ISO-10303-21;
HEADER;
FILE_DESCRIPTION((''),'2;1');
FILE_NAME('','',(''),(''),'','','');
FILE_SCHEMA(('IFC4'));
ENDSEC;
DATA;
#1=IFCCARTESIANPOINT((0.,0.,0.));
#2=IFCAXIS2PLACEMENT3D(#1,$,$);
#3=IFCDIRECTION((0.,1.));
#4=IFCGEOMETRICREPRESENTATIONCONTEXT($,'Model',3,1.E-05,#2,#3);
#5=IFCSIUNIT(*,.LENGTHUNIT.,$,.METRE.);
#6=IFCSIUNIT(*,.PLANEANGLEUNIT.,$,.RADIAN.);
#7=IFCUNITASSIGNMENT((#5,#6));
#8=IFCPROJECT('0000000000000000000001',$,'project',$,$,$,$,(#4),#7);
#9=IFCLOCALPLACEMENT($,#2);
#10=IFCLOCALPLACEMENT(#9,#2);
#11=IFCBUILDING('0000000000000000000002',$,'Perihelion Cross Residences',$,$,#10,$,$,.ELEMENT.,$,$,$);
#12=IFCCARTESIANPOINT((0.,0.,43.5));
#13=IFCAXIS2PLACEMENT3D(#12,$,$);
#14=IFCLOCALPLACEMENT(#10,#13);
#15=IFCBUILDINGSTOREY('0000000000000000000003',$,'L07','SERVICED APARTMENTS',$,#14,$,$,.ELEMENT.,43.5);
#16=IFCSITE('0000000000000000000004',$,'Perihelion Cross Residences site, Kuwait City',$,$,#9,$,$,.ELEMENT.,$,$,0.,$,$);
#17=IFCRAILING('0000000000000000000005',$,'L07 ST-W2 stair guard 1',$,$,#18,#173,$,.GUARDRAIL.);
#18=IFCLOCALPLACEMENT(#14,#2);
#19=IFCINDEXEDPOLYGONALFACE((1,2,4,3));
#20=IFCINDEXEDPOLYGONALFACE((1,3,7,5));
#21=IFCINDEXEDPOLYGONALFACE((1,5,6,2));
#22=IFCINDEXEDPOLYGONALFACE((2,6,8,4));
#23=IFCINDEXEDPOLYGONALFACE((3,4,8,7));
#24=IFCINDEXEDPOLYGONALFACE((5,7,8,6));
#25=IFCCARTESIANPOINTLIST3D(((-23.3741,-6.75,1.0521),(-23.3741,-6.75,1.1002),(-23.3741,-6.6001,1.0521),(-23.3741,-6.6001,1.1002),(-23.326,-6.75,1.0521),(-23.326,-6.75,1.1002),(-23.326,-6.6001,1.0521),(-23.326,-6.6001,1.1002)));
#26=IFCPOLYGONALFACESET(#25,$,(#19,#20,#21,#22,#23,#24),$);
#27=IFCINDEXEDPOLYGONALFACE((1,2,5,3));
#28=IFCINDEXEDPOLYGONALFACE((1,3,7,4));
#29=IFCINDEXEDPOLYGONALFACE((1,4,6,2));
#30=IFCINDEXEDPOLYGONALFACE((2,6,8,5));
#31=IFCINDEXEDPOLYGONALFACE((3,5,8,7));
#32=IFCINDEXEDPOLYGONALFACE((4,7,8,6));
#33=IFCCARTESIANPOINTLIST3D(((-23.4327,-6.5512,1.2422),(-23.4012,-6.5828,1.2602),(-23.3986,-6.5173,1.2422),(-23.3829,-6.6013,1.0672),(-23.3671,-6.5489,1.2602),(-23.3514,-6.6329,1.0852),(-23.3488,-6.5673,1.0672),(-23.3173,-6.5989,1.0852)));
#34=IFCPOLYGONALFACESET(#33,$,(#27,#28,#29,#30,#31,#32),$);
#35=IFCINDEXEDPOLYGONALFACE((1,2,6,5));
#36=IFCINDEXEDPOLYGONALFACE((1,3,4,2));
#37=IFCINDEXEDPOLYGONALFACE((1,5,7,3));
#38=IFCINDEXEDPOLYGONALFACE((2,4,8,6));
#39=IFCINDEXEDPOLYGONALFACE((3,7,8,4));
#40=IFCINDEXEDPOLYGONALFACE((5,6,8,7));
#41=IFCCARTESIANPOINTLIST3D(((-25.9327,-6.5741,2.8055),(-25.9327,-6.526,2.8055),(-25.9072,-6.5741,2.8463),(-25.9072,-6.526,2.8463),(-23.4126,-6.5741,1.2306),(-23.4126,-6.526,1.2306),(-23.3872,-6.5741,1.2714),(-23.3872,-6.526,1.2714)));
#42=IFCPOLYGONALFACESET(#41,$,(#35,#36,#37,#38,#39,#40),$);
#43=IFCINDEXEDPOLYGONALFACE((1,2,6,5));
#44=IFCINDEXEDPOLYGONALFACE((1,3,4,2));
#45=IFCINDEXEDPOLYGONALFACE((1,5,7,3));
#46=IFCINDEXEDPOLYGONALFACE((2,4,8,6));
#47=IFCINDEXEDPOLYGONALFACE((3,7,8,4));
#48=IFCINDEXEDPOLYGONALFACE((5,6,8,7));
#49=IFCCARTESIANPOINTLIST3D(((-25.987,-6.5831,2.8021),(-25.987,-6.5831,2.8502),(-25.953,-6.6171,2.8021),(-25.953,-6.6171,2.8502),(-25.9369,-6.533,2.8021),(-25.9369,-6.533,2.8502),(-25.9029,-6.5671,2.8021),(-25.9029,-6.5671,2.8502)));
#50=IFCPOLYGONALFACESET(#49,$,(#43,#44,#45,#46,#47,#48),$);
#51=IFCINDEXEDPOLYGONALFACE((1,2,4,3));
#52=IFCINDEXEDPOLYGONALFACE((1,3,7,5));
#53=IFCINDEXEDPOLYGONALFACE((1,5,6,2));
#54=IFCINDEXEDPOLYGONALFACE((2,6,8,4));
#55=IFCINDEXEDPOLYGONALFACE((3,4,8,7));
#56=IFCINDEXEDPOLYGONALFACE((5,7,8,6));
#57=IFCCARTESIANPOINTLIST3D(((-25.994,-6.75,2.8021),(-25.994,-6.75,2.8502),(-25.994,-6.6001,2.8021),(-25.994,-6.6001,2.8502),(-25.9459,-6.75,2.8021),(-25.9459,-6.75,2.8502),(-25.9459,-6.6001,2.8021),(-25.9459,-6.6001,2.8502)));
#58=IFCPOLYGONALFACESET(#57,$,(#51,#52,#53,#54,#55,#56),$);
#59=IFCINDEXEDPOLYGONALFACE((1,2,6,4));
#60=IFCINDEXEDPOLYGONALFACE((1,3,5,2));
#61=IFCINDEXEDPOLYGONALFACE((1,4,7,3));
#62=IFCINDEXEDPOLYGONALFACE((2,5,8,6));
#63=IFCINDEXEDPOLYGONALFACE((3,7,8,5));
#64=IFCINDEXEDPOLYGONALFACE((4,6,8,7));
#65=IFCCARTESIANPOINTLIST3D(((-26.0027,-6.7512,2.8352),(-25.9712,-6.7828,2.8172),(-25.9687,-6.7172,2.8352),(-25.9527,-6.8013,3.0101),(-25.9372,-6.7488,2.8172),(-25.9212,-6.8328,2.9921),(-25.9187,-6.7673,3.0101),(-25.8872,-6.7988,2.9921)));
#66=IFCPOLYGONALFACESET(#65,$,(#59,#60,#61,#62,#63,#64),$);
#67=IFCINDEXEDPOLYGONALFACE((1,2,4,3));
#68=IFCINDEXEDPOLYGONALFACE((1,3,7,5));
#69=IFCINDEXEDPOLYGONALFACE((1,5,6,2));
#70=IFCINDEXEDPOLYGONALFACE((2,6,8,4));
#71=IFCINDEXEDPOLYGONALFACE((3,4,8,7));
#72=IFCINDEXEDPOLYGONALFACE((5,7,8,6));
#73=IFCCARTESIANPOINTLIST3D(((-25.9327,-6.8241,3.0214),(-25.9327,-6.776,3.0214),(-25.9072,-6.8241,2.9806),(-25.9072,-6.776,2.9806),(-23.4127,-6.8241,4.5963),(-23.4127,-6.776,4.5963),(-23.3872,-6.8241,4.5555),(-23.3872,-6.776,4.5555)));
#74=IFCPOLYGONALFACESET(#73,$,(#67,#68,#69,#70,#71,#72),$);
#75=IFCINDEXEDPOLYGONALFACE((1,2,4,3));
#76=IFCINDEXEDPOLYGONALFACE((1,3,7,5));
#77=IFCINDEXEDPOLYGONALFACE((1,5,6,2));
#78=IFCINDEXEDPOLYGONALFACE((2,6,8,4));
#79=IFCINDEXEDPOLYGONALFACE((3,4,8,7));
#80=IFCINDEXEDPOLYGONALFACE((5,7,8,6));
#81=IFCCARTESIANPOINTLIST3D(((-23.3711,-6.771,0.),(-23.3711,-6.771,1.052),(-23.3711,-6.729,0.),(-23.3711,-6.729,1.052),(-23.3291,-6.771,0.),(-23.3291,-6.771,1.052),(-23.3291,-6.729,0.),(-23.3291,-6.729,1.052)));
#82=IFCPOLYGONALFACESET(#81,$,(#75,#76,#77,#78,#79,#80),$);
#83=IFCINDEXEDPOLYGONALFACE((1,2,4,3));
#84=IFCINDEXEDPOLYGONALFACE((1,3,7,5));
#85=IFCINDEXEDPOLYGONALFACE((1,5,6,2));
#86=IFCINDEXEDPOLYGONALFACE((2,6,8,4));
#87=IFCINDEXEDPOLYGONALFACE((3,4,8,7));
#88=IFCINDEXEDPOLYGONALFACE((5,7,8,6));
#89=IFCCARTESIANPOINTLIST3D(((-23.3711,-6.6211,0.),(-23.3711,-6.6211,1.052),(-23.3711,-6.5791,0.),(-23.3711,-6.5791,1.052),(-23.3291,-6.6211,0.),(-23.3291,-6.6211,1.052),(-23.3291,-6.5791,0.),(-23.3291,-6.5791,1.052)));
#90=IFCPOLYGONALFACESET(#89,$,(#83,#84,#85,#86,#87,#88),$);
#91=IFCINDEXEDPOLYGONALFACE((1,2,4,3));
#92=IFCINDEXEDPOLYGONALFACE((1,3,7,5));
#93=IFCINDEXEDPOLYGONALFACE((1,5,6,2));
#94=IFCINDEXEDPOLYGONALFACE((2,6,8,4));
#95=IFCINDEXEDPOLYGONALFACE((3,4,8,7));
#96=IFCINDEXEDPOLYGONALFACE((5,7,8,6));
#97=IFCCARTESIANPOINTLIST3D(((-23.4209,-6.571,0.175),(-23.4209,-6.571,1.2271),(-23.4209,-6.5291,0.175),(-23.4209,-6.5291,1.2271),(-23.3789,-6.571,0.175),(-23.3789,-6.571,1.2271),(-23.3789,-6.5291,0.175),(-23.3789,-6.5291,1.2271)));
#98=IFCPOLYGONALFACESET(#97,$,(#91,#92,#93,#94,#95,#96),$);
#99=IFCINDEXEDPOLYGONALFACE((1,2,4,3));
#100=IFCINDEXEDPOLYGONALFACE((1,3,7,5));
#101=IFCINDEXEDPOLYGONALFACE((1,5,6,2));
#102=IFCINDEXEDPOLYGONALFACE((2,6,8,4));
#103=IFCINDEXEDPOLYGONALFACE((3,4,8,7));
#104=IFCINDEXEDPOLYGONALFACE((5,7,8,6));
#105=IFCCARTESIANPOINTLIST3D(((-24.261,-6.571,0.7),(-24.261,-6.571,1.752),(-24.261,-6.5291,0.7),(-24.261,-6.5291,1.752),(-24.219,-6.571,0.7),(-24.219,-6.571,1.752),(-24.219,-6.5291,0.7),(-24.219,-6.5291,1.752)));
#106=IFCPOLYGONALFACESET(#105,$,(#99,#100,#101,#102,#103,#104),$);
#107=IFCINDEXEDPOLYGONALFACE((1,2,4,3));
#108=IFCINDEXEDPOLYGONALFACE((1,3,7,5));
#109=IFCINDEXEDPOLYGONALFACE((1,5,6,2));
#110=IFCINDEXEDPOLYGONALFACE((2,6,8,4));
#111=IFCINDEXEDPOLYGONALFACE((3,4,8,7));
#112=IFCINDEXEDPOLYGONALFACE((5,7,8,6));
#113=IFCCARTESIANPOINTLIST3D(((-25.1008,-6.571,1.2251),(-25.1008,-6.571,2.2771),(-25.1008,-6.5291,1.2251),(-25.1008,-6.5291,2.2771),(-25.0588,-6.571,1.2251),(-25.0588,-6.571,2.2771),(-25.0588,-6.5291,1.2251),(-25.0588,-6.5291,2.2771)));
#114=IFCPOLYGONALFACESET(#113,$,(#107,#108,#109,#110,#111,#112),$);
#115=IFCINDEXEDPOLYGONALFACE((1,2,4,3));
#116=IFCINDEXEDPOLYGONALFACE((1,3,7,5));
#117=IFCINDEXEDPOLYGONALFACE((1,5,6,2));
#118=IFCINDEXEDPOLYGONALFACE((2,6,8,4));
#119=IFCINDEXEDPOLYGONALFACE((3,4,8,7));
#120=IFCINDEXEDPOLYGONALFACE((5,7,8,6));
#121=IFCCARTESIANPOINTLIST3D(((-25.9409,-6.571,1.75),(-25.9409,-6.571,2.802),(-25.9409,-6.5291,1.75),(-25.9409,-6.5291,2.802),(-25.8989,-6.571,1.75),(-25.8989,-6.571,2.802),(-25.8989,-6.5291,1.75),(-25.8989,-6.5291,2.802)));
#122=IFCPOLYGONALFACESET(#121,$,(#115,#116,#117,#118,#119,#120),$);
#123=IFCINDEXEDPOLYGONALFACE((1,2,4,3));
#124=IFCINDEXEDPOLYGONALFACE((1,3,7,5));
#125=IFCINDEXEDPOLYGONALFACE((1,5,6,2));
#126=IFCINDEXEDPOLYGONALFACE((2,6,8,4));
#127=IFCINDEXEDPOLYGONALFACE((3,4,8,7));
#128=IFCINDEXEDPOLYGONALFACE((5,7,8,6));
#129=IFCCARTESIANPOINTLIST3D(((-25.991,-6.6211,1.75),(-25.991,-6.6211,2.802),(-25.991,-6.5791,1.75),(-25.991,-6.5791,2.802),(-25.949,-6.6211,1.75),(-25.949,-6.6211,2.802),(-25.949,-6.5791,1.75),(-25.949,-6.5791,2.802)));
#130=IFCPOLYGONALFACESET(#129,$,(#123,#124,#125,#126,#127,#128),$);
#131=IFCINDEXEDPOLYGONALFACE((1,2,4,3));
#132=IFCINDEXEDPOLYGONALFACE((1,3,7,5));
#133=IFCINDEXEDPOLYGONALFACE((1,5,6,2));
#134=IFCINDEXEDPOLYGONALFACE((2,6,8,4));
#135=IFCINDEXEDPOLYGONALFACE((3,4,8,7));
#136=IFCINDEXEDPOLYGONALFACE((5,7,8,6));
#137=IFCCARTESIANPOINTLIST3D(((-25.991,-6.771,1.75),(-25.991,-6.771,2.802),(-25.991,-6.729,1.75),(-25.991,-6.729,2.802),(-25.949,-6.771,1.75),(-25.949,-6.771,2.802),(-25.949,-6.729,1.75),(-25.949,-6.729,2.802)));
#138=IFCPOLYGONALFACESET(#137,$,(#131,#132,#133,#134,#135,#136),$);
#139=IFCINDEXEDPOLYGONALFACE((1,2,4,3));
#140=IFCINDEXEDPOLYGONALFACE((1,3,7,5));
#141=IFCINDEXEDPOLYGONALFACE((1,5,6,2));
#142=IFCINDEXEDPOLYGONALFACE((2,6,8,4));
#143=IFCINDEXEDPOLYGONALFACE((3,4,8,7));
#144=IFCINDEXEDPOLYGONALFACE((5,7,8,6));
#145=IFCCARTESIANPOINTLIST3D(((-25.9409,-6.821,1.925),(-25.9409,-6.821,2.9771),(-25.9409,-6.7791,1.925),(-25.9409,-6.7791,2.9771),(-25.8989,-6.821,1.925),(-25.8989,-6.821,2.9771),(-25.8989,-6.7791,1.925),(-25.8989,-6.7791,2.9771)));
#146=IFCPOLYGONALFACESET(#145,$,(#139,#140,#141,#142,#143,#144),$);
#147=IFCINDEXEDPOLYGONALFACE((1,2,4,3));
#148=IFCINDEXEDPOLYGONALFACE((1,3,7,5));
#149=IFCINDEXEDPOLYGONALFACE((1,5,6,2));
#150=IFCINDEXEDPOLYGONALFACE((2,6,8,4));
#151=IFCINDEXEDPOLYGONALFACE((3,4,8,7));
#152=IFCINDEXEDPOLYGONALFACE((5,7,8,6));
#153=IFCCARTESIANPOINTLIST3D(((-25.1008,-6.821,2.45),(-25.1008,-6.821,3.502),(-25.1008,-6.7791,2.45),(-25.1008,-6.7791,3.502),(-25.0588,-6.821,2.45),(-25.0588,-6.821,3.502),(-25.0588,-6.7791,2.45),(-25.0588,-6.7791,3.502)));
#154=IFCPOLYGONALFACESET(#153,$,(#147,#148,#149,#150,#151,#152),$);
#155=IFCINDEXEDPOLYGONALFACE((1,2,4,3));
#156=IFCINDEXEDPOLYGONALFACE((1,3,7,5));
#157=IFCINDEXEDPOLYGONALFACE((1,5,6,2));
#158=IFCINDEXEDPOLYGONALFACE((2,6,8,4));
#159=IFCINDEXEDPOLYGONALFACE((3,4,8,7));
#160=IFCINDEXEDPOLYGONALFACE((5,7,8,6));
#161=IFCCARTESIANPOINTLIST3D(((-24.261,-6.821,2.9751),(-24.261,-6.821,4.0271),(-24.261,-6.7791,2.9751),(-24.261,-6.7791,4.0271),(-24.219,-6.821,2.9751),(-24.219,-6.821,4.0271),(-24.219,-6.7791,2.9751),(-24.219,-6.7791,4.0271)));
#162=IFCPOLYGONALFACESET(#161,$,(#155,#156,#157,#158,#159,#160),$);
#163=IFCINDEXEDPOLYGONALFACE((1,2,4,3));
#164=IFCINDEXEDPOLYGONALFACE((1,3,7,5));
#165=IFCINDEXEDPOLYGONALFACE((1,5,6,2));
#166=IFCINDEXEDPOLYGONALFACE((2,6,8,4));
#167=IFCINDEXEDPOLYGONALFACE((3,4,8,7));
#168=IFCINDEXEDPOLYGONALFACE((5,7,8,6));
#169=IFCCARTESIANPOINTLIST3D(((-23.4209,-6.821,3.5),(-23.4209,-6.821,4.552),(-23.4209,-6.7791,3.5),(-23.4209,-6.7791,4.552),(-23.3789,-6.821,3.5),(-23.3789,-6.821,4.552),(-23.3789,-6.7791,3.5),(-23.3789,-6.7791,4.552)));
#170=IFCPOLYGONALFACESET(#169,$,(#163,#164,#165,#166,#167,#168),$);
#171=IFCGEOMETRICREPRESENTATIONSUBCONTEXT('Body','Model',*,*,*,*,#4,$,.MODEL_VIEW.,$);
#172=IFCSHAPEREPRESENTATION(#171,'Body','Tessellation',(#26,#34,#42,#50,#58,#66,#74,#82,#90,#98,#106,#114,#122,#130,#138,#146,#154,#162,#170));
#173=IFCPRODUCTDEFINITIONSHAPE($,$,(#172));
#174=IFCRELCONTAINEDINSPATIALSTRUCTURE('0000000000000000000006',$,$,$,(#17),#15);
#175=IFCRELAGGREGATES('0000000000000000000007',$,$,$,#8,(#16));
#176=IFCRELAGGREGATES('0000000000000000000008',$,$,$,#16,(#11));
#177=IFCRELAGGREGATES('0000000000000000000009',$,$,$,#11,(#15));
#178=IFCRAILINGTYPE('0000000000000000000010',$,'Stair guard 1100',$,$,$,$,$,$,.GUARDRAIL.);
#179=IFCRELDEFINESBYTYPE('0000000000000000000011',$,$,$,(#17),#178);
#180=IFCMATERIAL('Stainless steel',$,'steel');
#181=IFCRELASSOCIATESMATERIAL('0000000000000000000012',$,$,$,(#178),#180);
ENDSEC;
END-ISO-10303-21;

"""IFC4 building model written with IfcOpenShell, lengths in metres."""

from ifc_helpers import new_model, si_unit, direction, frame, origin, origin_2d, place, context, subcontext, project, spatial, rectangle, extrude, material, type_object, element, save


model = new_model("IFC4")

# Units and contexts
model_context = context("Model", 3, precision=1e-05, world=origin(), true_north=direction((0.0, 1.0)))
body_context = subcontext(model_context, "Body", "Model", "MODEL_VIEW")
ifc_project = project(units=[si_unit("LENGTHUNIT", "METRE"), si_unit("PLANEANGLEUNIT", "RADIAN")], contexts=[model_context])

# Site, building, storey
site_placement = place(None, origin())
site = spatial("IfcSite", under=ifc_project, at=site_placement, Name="Perihelion Cross Residences site, Kuwait City", CompositionType="ELEMENT", RefElevation=0.0)
building_placement = place(site_placement, origin())
building = spatial("IfcBuilding", under=site, at=building_placement, Name="Perihelion Cross Residences", CompositionType="ELEMENT")
storey_placement = place(building_placement, frame((0.0, 0.0, 43.5)))
storey = spatial("IfcBuildingStorey", under=building, at=storey_placement, Name="L07", Description="SERVICED APARTMENTS", CompositionType="ELEMENT", Elevation=43.5)

# Railing
ifc_material_1 = material(Name="Stainless steel", Category="steel")
railing_type_1 = type_object("IfcRailingType", Name="Stair guard 1100", PredefinedType="GUARDRAIL", material=ifc_material_1)
railing_1_placement = place(storey_placement, frame((-23.3501, -6.75, 0.0)))
element("IfcRailing", 1, at=railing_1_placement, inside=storey, type_object=railing_type_1, Name="L07 ST-W2 stair guard 1", PredefinedType="GUARDRAIL", context=body_context, shape_type="SweptSolid", body=[
    extrude(rectangle(XDim=0.0481, YDim=0.0481, at=origin_2d()), frame((0.0, 0.0, 1.0762), z_axis=(0.0, 1.0, 0.0), x_axis=(-1.0, 0.0, 0.0)), (0.0, 0.0, 1.0), 0.1499),
    extrude(rectangle(XDim=0.0481, YDim=0.0481, at=origin_2d()), frame((0.0, 0.1499, 1.0762), z_axis=(-0.263862, 0.265156, 0.927399), x_axis=(-0.708834, -0.705376, 0.0)), (0.0, 0.0, 1.0), 0.1887),
    extrude(rectangle(XDim=0.0481, YDim=0.0481, at=origin_2d()), frame((-0.0498, 0.2, 1.251), z_axis=(-0.848008, 0.0, 0.529984), x_axis=(0.0, -1.0, 0.0)), (0.0, 0.0, 1.0), 2.9717),
    extrude(rectangle(XDim=0.0481, YDim=0.0481, at=origin_2d()), frame((-2.5698, 0.2, 2.8262), z_axis=(-0.707107, -0.707107, 0.0), x_axis=(0.707107, -0.707107, 0.0)), (0.0, 0.0, 1.0), 0.0708),
    extrude(rectangle(XDim=0.0481, YDim=0.0481, at=origin_2d()), frame((-2.6199, 0.1499, 2.8262), z_axis=(0.0, -1.0, 0.0), x_axis=(1.0, 0.0, 0.0)), (0.0, 0.0, 1.0), 0.1499),
    extrude(rectangle(XDim=0.0481, YDim=0.0481, at=origin_2d()), frame((-2.6199, 0.0, 2.8262), z_axis=(0.265065, -0.265065, 0.927082), x_axis=(0.707107, 0.707107, 0.0)), (0.0, 0.0, 1.0), 0.1887),
    extrude(rectangle(XDim=0.0481, YDim=0.0481, at=origin_2d()), frame((-2.5698, -0.05, 3.001), z_axis=(0.848008, 0.0, 0.529984), x_axis=(0.0, 1.0, 0.0)), (0.0, 0.0, 1.0), 2.9717),
    extrude(rectangle(XDim=0.042, YDim=0.042, at=origin_2d()), origin(), (0.0, 0.0, 1.0), 1.052),
    extrude(rectangle(XDim=0.042, YDim=0.042, at=origin_2d()), frame((0.0, 0.1499, 0.0)), (0.0, 0.0, 1.0), 1.052),
    extrude(rectangle(XDim=0.042, YDim=0.042, at=origin_2d()), frame((-0.0498, 0.2, 0.175)), (0.0, 0.0, 1.0), 1.052),
    extrude(rectangle(XDim=0.042, YDim=0.042, at=origin_2d()), frame((-0.8899, 0.2, 0.7)), (0.0, 0.0, 1.0), 1.052),
    extrude(rectangle(XDim=0.042, YDim=0.042, at=origin_2d()), frame((-1.7297, 0.2, 1.2251)), (0.0, 0.0, 1.0), 1.052),
    extrude(rectangle(XDim=0.042, YDim=0.042, at=origin_2d()), frame((-2.5698, 0.2, 1.75)), (0.0, 0.0, 1.0), 1.052),
    extrude(rectangle(XDim=0.042, YDim=0.042, at=origin_2d()), frame((-2.6199, 0.1499, 1.75)), (0.0, 0.0, 1.0), 1.052),
    extrude(rectangle(XDim=0.042, YDim=0.042, at=origin_2d()), frame((-2.6199, 0.0, 1.75)), (0.0, 0.0, 1.0), 1.052),
    extrude(rectangle(XDim=0.042, YDim=0.042, at=origin_2d()), frame((-2.5698, -0.05, 1.925)), (0.0, 0.0, 1.0), 1.052),
    extrude(rectangle(XDim=0.042, YDim=0.042, at=origin_2d()), frame((-1.7297, -0.05, 2.45)), (0.0, 0.0, 1.0), 1.052),
    extrude(rectangle(XDim=0.042, YDim=0.042, at=origin_2d()), frame((-0.8899, -0.05, 2.9751)), (0.0, 0.0, 1.0), 1.052),
    extrude(rectangle(XDim=0.042, YDim=0.042, at=origin_2d()), frame((-0.0498, -0.05, 3.5)), (0.0, 0.0, 1.0), 1.052),
])

save(model, "model.ifc")
